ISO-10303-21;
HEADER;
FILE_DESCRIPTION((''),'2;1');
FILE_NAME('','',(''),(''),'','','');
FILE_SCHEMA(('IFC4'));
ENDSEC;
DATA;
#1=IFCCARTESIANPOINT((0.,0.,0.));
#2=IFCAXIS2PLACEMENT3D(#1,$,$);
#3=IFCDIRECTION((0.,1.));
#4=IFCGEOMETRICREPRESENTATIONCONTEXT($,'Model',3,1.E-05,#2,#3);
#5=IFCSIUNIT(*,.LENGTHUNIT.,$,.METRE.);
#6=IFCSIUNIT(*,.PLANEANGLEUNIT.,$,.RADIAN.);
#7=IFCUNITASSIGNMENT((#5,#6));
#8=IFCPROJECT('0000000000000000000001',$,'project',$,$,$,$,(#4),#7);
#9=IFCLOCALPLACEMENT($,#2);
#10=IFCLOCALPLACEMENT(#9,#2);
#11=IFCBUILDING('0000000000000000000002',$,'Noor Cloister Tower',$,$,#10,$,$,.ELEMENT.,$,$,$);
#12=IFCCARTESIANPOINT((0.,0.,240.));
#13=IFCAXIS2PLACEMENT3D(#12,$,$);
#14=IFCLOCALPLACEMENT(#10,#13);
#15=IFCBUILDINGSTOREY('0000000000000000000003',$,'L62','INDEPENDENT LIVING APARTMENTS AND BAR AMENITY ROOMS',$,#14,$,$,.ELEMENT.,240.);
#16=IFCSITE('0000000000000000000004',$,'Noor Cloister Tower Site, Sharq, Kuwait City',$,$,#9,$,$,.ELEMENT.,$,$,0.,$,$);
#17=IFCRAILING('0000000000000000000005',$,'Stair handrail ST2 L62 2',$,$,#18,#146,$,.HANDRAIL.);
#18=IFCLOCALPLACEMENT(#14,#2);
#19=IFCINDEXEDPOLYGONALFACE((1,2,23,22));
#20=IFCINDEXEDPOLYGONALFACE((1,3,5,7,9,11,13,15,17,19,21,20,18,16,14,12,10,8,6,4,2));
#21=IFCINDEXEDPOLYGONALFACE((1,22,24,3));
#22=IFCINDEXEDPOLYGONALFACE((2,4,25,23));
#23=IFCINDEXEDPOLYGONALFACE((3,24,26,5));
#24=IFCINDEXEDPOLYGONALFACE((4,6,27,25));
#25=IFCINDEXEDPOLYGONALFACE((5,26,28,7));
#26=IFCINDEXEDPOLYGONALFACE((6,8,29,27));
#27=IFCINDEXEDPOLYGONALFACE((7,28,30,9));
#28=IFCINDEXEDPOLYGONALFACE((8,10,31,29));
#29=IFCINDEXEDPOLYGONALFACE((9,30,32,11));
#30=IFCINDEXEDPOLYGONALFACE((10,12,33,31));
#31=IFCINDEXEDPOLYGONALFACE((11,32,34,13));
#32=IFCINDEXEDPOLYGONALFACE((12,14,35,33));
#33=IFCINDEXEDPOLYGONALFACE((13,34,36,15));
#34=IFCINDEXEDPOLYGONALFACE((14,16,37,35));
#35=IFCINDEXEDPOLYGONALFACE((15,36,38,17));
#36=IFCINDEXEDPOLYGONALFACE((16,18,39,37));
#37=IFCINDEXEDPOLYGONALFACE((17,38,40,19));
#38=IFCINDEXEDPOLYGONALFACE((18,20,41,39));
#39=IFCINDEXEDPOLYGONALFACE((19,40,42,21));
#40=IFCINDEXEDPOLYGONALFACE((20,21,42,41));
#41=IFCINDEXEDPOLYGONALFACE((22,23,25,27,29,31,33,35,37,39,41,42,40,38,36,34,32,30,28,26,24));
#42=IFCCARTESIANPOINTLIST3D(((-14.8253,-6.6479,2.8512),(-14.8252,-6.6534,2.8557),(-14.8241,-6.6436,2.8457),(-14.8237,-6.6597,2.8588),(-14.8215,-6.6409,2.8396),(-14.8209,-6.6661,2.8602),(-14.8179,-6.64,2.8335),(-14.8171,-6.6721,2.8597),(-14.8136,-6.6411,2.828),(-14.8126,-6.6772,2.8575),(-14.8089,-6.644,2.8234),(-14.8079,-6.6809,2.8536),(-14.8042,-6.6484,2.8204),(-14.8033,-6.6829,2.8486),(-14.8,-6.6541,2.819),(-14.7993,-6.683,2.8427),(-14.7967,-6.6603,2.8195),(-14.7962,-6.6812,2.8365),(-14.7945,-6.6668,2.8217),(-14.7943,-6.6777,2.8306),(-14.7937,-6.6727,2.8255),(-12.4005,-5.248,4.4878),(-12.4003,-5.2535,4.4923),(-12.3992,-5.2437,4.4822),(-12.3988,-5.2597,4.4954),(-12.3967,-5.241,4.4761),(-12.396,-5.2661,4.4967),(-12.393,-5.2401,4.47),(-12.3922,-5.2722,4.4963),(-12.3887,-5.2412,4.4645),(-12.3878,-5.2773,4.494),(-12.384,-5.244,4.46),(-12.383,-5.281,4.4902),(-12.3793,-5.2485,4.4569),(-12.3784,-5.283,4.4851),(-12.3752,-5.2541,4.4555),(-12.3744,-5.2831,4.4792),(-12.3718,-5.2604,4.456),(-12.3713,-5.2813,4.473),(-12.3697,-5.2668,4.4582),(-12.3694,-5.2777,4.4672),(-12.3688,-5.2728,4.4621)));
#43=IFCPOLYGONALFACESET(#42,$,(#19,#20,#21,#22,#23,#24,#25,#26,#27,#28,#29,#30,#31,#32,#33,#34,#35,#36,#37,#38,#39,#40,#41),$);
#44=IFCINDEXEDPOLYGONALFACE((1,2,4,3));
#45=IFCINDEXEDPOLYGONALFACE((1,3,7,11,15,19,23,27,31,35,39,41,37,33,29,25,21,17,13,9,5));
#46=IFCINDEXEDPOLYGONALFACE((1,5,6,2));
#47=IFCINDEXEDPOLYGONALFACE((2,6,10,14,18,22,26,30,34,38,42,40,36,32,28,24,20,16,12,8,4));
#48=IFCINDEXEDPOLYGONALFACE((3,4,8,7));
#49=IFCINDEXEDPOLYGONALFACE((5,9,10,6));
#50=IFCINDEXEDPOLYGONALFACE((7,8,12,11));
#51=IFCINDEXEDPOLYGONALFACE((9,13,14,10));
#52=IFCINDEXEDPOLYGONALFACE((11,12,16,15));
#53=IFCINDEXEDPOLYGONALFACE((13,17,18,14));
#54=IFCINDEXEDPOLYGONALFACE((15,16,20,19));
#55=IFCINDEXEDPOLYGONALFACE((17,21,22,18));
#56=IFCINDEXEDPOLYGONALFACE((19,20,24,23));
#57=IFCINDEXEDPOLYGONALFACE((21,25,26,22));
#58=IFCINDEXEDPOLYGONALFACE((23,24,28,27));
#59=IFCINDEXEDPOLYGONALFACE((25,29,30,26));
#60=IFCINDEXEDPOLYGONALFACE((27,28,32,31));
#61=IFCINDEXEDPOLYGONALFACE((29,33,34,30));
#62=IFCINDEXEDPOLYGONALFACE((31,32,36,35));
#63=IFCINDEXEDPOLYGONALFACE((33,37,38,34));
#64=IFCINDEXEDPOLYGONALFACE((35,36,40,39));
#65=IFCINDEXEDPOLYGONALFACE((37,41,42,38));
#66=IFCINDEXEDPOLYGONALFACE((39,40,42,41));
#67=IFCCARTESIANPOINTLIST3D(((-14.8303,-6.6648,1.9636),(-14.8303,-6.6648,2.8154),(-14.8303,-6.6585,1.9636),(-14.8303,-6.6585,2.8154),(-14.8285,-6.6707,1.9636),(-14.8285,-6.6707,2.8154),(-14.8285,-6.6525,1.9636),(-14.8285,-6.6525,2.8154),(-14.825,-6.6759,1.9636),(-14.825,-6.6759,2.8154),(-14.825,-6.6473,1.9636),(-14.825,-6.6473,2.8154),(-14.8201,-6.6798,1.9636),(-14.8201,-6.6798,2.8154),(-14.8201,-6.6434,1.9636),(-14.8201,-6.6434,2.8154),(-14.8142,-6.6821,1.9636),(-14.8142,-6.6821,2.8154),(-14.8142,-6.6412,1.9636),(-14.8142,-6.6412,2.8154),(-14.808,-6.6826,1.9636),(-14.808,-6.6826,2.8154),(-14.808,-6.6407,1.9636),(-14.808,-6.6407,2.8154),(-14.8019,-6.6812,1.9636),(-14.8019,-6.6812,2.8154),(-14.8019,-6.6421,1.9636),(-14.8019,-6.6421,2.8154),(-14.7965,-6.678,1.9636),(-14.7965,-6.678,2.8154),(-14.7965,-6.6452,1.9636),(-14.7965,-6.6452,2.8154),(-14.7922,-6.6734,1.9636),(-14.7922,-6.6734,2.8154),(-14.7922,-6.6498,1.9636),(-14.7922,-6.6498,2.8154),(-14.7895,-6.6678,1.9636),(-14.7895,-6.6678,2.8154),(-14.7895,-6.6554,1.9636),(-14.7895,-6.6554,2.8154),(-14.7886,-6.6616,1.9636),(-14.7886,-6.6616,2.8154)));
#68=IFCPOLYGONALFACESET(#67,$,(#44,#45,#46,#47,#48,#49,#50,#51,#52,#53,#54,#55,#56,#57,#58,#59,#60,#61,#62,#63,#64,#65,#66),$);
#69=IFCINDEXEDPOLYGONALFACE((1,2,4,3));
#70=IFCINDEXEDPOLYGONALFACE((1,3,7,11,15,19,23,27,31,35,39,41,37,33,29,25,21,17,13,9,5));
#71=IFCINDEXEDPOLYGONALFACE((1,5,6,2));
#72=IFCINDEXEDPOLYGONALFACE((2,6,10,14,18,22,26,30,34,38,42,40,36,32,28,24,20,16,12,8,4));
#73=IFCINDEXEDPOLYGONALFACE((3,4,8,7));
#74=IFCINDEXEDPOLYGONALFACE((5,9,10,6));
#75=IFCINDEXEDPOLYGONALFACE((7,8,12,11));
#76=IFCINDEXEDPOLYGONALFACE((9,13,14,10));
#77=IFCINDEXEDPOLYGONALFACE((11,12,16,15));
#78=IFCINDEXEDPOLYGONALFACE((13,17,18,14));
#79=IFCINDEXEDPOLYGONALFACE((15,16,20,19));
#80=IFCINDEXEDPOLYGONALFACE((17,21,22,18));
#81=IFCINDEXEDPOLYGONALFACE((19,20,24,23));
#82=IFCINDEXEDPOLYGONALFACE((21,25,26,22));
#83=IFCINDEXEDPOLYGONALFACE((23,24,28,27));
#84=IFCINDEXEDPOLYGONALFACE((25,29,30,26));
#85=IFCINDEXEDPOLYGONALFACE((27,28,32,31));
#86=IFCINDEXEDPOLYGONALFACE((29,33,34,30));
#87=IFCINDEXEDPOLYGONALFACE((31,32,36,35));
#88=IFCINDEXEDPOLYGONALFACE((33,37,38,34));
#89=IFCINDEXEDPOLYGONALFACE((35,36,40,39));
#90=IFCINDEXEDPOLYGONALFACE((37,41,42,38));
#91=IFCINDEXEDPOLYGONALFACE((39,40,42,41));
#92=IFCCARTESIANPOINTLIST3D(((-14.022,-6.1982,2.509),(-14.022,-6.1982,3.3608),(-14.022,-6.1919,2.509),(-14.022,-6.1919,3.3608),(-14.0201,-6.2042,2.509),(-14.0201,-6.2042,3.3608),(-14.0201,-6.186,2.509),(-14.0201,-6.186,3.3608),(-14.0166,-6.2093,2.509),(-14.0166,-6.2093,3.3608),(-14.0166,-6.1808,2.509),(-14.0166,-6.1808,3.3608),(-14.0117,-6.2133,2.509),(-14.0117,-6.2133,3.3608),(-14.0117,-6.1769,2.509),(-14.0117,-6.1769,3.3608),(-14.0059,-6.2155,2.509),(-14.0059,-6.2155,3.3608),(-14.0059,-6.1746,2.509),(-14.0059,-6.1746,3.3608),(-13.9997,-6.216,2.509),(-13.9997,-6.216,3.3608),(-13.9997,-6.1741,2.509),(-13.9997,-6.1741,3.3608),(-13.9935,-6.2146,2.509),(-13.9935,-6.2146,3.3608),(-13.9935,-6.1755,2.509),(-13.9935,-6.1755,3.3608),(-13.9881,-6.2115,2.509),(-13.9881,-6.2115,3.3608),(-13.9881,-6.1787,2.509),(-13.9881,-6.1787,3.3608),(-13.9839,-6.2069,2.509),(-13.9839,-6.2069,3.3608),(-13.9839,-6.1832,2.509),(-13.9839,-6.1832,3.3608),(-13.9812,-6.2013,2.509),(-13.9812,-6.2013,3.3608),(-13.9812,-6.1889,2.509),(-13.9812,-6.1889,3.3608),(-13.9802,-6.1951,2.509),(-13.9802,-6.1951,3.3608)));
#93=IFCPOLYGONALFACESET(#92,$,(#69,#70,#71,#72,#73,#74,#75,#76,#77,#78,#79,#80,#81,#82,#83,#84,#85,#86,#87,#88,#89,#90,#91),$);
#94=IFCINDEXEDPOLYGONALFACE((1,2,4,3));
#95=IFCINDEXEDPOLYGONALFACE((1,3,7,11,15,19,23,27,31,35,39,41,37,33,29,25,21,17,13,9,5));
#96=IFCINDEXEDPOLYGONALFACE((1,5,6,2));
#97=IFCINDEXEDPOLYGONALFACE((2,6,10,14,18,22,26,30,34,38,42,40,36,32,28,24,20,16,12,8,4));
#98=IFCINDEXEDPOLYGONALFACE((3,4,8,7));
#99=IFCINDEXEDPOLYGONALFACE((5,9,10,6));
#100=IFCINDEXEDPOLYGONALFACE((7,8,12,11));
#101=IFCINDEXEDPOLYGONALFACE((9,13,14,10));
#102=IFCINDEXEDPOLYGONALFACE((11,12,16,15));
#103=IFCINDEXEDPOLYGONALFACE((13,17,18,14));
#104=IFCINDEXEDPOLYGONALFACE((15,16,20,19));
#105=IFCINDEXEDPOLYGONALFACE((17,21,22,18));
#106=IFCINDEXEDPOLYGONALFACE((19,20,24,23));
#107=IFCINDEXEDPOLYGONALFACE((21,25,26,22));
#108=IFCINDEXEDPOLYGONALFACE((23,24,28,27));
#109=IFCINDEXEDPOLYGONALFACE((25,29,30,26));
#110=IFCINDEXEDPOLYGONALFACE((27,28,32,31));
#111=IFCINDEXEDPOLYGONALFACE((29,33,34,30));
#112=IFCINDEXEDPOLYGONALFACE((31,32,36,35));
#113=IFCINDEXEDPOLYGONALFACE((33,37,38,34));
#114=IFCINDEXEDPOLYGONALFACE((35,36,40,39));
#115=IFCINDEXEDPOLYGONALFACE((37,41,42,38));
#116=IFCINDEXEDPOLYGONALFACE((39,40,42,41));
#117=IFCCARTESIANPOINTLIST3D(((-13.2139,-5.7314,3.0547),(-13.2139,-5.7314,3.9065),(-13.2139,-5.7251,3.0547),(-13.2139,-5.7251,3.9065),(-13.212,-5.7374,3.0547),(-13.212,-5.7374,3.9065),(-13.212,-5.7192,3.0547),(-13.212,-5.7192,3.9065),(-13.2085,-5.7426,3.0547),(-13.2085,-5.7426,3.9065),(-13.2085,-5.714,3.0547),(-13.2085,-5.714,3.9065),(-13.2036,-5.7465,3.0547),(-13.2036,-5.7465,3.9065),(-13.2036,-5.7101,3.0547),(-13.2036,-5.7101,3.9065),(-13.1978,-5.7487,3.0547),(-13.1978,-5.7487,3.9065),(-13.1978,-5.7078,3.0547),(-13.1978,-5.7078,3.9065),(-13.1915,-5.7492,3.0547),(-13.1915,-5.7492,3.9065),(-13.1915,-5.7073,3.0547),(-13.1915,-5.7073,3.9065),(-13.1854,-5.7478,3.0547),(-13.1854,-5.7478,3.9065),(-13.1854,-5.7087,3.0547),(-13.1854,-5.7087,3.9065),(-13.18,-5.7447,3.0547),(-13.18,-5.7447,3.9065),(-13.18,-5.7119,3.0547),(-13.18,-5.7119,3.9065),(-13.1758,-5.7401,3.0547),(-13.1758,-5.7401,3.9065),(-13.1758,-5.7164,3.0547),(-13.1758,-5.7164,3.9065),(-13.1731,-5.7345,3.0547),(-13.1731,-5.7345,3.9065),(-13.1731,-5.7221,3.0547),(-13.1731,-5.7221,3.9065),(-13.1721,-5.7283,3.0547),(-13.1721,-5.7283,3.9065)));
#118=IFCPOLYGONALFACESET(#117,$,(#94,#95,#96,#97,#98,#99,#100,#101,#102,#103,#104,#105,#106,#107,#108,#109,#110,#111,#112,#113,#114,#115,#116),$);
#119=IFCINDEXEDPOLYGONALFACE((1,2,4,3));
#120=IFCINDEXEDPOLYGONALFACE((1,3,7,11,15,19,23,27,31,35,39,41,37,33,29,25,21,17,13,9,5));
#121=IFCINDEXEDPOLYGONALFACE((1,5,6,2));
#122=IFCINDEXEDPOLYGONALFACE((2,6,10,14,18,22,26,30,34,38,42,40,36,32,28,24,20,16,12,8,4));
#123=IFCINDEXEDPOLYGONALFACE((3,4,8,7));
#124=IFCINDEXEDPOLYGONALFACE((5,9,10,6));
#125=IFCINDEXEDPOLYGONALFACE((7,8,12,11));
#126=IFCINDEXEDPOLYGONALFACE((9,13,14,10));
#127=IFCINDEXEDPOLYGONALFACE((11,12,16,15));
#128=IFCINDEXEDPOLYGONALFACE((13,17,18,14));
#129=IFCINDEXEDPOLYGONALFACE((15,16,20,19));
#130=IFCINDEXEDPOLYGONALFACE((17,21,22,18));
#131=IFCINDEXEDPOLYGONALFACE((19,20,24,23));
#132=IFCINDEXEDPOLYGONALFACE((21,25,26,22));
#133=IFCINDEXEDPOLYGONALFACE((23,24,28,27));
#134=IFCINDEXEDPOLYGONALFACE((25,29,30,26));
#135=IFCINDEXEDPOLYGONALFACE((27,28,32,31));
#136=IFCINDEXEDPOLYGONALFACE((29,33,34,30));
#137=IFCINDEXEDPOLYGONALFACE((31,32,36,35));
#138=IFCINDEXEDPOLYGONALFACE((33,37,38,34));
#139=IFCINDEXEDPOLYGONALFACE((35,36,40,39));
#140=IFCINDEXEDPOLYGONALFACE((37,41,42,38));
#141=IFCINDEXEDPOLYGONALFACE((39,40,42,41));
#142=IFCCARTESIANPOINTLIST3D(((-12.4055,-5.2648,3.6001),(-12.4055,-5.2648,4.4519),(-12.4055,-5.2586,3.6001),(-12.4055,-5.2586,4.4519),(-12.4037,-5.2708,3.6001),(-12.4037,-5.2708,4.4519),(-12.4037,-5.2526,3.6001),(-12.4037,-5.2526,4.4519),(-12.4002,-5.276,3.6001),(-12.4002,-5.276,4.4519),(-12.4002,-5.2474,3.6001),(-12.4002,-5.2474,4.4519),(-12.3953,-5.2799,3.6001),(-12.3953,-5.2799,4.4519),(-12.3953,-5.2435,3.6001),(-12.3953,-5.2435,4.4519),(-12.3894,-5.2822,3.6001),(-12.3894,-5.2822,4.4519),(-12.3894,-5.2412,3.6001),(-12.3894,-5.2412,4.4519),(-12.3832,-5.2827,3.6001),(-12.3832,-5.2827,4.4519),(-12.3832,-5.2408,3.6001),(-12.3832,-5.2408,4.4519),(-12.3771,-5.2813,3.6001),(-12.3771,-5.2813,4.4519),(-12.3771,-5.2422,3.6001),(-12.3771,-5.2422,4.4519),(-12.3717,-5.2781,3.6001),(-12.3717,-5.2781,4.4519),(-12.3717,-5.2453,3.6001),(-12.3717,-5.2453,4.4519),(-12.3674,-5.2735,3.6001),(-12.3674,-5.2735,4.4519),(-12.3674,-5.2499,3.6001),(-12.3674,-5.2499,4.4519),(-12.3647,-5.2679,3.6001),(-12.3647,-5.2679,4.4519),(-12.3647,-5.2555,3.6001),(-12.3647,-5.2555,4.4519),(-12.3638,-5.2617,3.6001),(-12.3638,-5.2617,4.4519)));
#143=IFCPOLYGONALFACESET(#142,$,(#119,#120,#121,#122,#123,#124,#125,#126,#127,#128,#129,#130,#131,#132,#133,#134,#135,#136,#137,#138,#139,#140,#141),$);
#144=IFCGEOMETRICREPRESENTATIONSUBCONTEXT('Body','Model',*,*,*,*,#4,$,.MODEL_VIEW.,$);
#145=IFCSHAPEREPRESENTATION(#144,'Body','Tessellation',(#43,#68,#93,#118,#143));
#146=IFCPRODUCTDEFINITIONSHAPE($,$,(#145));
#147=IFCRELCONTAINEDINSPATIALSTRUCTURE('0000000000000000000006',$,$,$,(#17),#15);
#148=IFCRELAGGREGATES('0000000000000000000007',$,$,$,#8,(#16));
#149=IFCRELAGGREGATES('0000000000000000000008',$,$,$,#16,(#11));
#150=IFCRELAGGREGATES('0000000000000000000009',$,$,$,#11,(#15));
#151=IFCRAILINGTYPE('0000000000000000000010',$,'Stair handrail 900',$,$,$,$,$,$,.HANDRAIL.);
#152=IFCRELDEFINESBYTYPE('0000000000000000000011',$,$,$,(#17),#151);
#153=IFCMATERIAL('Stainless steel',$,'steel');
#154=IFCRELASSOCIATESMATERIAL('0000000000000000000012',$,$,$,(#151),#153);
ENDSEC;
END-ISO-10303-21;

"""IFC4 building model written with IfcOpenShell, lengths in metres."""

from ifc_helpers import new_model, si_unit, direction, frame, origin, origin_2d, place, context, subcontext, project, spatial, circle, extrude, material, type_object, element, save


model = new_model("IFC4")

# Units and contexts
model_context = context("Model", 3, precision=1e-05, world=origin(), true_north=direction((0.0, 1.0)))
body_context = subcontext(model_context, "Body", "Model", "MODEL_VIEW")
ifc_project = project(units=[si_unit("LENGTHUNIT", "METRE"), si_unit("PLANEANGLEUNIT", "RADIAN")], contexts=[model_context])

# Site, building, storey
site_placement = place(None, origin())
site = spatial("IfcSite", under=ifc_project, at=site_placement, Name="Noor Cloister Tower Site, Sharq, Kuwait City", CompositionType="ELEMENT", RefElevation=0.0)
building_placement = place(site_placement, origin())
building = spatial("IfcBuilding", under=site, at=building_placement, Name="Noor Cloister Tower", CompositionType="ELEMENT")
storey_placement = place(building_placement, frame((0.0, 0.0, 240.0)))
storey = spatial("IfcBuildingStorey", under=building, at=storey_placement, Name="L62", Description="INDEPENDENT LIVING APARTMENTS AND BAR AMENITY ROOMS", CompositionType="ELEMENT", Elevation=240.0)

# Railing
ifc_material_1 = material(Name="Stainless steel", Category="steel")
railing_type_1 = type_object("IfcRailingType", Name="Stair handrail 900", PredefinedType="HANDRAIL", material=ifc_material_1)
railing_1_placement = place(storey_placement, frame((-14.8096, -6.6616, 1.9636)))
element("IfcRailing", 1, at=railing_1_placement, inside=storey, type_object=railing_type_1, Name="Stair handrail ST2 L62 2", PredefinedType="HANDRAIL", context=body_context, shape_type="SweptSolid", body=[
    extrude(circle(Radius=0.0239, at=origin_2d()), frame((0.0, 0.0, 0.876), z_axis=(0.74769, 0.431661, 0.504608), x_axis=(-0.499984, 0.866035, 0.0)), (0.0, 0.0, 1.0), 3.2432),
    extrude(circle(Radius=0.021, at=origin_2d()), origin(), (0.0, 0.0, 1.0), 0.8518),
    extrude(circle(Radius=0.021, at=origin_2d()), frame((0.8083, 0.4666, 0.5454)), (0.0, 0.0, 1.0), 0.8518),
    extrude(circle(Radius=0.021, at=origin_2d()), frame((1.6165, 0.9333, 1.0911)), (0.0, 0.0, 1.0), 0.8518),
    extrude(circle(Radius=0.021, at=origin_2d()), frame((2.4248, 1.3999, 1.6365)), (0.0, 0.0, 1.0), 0.8518),
])

save(model, "model.ifc")
